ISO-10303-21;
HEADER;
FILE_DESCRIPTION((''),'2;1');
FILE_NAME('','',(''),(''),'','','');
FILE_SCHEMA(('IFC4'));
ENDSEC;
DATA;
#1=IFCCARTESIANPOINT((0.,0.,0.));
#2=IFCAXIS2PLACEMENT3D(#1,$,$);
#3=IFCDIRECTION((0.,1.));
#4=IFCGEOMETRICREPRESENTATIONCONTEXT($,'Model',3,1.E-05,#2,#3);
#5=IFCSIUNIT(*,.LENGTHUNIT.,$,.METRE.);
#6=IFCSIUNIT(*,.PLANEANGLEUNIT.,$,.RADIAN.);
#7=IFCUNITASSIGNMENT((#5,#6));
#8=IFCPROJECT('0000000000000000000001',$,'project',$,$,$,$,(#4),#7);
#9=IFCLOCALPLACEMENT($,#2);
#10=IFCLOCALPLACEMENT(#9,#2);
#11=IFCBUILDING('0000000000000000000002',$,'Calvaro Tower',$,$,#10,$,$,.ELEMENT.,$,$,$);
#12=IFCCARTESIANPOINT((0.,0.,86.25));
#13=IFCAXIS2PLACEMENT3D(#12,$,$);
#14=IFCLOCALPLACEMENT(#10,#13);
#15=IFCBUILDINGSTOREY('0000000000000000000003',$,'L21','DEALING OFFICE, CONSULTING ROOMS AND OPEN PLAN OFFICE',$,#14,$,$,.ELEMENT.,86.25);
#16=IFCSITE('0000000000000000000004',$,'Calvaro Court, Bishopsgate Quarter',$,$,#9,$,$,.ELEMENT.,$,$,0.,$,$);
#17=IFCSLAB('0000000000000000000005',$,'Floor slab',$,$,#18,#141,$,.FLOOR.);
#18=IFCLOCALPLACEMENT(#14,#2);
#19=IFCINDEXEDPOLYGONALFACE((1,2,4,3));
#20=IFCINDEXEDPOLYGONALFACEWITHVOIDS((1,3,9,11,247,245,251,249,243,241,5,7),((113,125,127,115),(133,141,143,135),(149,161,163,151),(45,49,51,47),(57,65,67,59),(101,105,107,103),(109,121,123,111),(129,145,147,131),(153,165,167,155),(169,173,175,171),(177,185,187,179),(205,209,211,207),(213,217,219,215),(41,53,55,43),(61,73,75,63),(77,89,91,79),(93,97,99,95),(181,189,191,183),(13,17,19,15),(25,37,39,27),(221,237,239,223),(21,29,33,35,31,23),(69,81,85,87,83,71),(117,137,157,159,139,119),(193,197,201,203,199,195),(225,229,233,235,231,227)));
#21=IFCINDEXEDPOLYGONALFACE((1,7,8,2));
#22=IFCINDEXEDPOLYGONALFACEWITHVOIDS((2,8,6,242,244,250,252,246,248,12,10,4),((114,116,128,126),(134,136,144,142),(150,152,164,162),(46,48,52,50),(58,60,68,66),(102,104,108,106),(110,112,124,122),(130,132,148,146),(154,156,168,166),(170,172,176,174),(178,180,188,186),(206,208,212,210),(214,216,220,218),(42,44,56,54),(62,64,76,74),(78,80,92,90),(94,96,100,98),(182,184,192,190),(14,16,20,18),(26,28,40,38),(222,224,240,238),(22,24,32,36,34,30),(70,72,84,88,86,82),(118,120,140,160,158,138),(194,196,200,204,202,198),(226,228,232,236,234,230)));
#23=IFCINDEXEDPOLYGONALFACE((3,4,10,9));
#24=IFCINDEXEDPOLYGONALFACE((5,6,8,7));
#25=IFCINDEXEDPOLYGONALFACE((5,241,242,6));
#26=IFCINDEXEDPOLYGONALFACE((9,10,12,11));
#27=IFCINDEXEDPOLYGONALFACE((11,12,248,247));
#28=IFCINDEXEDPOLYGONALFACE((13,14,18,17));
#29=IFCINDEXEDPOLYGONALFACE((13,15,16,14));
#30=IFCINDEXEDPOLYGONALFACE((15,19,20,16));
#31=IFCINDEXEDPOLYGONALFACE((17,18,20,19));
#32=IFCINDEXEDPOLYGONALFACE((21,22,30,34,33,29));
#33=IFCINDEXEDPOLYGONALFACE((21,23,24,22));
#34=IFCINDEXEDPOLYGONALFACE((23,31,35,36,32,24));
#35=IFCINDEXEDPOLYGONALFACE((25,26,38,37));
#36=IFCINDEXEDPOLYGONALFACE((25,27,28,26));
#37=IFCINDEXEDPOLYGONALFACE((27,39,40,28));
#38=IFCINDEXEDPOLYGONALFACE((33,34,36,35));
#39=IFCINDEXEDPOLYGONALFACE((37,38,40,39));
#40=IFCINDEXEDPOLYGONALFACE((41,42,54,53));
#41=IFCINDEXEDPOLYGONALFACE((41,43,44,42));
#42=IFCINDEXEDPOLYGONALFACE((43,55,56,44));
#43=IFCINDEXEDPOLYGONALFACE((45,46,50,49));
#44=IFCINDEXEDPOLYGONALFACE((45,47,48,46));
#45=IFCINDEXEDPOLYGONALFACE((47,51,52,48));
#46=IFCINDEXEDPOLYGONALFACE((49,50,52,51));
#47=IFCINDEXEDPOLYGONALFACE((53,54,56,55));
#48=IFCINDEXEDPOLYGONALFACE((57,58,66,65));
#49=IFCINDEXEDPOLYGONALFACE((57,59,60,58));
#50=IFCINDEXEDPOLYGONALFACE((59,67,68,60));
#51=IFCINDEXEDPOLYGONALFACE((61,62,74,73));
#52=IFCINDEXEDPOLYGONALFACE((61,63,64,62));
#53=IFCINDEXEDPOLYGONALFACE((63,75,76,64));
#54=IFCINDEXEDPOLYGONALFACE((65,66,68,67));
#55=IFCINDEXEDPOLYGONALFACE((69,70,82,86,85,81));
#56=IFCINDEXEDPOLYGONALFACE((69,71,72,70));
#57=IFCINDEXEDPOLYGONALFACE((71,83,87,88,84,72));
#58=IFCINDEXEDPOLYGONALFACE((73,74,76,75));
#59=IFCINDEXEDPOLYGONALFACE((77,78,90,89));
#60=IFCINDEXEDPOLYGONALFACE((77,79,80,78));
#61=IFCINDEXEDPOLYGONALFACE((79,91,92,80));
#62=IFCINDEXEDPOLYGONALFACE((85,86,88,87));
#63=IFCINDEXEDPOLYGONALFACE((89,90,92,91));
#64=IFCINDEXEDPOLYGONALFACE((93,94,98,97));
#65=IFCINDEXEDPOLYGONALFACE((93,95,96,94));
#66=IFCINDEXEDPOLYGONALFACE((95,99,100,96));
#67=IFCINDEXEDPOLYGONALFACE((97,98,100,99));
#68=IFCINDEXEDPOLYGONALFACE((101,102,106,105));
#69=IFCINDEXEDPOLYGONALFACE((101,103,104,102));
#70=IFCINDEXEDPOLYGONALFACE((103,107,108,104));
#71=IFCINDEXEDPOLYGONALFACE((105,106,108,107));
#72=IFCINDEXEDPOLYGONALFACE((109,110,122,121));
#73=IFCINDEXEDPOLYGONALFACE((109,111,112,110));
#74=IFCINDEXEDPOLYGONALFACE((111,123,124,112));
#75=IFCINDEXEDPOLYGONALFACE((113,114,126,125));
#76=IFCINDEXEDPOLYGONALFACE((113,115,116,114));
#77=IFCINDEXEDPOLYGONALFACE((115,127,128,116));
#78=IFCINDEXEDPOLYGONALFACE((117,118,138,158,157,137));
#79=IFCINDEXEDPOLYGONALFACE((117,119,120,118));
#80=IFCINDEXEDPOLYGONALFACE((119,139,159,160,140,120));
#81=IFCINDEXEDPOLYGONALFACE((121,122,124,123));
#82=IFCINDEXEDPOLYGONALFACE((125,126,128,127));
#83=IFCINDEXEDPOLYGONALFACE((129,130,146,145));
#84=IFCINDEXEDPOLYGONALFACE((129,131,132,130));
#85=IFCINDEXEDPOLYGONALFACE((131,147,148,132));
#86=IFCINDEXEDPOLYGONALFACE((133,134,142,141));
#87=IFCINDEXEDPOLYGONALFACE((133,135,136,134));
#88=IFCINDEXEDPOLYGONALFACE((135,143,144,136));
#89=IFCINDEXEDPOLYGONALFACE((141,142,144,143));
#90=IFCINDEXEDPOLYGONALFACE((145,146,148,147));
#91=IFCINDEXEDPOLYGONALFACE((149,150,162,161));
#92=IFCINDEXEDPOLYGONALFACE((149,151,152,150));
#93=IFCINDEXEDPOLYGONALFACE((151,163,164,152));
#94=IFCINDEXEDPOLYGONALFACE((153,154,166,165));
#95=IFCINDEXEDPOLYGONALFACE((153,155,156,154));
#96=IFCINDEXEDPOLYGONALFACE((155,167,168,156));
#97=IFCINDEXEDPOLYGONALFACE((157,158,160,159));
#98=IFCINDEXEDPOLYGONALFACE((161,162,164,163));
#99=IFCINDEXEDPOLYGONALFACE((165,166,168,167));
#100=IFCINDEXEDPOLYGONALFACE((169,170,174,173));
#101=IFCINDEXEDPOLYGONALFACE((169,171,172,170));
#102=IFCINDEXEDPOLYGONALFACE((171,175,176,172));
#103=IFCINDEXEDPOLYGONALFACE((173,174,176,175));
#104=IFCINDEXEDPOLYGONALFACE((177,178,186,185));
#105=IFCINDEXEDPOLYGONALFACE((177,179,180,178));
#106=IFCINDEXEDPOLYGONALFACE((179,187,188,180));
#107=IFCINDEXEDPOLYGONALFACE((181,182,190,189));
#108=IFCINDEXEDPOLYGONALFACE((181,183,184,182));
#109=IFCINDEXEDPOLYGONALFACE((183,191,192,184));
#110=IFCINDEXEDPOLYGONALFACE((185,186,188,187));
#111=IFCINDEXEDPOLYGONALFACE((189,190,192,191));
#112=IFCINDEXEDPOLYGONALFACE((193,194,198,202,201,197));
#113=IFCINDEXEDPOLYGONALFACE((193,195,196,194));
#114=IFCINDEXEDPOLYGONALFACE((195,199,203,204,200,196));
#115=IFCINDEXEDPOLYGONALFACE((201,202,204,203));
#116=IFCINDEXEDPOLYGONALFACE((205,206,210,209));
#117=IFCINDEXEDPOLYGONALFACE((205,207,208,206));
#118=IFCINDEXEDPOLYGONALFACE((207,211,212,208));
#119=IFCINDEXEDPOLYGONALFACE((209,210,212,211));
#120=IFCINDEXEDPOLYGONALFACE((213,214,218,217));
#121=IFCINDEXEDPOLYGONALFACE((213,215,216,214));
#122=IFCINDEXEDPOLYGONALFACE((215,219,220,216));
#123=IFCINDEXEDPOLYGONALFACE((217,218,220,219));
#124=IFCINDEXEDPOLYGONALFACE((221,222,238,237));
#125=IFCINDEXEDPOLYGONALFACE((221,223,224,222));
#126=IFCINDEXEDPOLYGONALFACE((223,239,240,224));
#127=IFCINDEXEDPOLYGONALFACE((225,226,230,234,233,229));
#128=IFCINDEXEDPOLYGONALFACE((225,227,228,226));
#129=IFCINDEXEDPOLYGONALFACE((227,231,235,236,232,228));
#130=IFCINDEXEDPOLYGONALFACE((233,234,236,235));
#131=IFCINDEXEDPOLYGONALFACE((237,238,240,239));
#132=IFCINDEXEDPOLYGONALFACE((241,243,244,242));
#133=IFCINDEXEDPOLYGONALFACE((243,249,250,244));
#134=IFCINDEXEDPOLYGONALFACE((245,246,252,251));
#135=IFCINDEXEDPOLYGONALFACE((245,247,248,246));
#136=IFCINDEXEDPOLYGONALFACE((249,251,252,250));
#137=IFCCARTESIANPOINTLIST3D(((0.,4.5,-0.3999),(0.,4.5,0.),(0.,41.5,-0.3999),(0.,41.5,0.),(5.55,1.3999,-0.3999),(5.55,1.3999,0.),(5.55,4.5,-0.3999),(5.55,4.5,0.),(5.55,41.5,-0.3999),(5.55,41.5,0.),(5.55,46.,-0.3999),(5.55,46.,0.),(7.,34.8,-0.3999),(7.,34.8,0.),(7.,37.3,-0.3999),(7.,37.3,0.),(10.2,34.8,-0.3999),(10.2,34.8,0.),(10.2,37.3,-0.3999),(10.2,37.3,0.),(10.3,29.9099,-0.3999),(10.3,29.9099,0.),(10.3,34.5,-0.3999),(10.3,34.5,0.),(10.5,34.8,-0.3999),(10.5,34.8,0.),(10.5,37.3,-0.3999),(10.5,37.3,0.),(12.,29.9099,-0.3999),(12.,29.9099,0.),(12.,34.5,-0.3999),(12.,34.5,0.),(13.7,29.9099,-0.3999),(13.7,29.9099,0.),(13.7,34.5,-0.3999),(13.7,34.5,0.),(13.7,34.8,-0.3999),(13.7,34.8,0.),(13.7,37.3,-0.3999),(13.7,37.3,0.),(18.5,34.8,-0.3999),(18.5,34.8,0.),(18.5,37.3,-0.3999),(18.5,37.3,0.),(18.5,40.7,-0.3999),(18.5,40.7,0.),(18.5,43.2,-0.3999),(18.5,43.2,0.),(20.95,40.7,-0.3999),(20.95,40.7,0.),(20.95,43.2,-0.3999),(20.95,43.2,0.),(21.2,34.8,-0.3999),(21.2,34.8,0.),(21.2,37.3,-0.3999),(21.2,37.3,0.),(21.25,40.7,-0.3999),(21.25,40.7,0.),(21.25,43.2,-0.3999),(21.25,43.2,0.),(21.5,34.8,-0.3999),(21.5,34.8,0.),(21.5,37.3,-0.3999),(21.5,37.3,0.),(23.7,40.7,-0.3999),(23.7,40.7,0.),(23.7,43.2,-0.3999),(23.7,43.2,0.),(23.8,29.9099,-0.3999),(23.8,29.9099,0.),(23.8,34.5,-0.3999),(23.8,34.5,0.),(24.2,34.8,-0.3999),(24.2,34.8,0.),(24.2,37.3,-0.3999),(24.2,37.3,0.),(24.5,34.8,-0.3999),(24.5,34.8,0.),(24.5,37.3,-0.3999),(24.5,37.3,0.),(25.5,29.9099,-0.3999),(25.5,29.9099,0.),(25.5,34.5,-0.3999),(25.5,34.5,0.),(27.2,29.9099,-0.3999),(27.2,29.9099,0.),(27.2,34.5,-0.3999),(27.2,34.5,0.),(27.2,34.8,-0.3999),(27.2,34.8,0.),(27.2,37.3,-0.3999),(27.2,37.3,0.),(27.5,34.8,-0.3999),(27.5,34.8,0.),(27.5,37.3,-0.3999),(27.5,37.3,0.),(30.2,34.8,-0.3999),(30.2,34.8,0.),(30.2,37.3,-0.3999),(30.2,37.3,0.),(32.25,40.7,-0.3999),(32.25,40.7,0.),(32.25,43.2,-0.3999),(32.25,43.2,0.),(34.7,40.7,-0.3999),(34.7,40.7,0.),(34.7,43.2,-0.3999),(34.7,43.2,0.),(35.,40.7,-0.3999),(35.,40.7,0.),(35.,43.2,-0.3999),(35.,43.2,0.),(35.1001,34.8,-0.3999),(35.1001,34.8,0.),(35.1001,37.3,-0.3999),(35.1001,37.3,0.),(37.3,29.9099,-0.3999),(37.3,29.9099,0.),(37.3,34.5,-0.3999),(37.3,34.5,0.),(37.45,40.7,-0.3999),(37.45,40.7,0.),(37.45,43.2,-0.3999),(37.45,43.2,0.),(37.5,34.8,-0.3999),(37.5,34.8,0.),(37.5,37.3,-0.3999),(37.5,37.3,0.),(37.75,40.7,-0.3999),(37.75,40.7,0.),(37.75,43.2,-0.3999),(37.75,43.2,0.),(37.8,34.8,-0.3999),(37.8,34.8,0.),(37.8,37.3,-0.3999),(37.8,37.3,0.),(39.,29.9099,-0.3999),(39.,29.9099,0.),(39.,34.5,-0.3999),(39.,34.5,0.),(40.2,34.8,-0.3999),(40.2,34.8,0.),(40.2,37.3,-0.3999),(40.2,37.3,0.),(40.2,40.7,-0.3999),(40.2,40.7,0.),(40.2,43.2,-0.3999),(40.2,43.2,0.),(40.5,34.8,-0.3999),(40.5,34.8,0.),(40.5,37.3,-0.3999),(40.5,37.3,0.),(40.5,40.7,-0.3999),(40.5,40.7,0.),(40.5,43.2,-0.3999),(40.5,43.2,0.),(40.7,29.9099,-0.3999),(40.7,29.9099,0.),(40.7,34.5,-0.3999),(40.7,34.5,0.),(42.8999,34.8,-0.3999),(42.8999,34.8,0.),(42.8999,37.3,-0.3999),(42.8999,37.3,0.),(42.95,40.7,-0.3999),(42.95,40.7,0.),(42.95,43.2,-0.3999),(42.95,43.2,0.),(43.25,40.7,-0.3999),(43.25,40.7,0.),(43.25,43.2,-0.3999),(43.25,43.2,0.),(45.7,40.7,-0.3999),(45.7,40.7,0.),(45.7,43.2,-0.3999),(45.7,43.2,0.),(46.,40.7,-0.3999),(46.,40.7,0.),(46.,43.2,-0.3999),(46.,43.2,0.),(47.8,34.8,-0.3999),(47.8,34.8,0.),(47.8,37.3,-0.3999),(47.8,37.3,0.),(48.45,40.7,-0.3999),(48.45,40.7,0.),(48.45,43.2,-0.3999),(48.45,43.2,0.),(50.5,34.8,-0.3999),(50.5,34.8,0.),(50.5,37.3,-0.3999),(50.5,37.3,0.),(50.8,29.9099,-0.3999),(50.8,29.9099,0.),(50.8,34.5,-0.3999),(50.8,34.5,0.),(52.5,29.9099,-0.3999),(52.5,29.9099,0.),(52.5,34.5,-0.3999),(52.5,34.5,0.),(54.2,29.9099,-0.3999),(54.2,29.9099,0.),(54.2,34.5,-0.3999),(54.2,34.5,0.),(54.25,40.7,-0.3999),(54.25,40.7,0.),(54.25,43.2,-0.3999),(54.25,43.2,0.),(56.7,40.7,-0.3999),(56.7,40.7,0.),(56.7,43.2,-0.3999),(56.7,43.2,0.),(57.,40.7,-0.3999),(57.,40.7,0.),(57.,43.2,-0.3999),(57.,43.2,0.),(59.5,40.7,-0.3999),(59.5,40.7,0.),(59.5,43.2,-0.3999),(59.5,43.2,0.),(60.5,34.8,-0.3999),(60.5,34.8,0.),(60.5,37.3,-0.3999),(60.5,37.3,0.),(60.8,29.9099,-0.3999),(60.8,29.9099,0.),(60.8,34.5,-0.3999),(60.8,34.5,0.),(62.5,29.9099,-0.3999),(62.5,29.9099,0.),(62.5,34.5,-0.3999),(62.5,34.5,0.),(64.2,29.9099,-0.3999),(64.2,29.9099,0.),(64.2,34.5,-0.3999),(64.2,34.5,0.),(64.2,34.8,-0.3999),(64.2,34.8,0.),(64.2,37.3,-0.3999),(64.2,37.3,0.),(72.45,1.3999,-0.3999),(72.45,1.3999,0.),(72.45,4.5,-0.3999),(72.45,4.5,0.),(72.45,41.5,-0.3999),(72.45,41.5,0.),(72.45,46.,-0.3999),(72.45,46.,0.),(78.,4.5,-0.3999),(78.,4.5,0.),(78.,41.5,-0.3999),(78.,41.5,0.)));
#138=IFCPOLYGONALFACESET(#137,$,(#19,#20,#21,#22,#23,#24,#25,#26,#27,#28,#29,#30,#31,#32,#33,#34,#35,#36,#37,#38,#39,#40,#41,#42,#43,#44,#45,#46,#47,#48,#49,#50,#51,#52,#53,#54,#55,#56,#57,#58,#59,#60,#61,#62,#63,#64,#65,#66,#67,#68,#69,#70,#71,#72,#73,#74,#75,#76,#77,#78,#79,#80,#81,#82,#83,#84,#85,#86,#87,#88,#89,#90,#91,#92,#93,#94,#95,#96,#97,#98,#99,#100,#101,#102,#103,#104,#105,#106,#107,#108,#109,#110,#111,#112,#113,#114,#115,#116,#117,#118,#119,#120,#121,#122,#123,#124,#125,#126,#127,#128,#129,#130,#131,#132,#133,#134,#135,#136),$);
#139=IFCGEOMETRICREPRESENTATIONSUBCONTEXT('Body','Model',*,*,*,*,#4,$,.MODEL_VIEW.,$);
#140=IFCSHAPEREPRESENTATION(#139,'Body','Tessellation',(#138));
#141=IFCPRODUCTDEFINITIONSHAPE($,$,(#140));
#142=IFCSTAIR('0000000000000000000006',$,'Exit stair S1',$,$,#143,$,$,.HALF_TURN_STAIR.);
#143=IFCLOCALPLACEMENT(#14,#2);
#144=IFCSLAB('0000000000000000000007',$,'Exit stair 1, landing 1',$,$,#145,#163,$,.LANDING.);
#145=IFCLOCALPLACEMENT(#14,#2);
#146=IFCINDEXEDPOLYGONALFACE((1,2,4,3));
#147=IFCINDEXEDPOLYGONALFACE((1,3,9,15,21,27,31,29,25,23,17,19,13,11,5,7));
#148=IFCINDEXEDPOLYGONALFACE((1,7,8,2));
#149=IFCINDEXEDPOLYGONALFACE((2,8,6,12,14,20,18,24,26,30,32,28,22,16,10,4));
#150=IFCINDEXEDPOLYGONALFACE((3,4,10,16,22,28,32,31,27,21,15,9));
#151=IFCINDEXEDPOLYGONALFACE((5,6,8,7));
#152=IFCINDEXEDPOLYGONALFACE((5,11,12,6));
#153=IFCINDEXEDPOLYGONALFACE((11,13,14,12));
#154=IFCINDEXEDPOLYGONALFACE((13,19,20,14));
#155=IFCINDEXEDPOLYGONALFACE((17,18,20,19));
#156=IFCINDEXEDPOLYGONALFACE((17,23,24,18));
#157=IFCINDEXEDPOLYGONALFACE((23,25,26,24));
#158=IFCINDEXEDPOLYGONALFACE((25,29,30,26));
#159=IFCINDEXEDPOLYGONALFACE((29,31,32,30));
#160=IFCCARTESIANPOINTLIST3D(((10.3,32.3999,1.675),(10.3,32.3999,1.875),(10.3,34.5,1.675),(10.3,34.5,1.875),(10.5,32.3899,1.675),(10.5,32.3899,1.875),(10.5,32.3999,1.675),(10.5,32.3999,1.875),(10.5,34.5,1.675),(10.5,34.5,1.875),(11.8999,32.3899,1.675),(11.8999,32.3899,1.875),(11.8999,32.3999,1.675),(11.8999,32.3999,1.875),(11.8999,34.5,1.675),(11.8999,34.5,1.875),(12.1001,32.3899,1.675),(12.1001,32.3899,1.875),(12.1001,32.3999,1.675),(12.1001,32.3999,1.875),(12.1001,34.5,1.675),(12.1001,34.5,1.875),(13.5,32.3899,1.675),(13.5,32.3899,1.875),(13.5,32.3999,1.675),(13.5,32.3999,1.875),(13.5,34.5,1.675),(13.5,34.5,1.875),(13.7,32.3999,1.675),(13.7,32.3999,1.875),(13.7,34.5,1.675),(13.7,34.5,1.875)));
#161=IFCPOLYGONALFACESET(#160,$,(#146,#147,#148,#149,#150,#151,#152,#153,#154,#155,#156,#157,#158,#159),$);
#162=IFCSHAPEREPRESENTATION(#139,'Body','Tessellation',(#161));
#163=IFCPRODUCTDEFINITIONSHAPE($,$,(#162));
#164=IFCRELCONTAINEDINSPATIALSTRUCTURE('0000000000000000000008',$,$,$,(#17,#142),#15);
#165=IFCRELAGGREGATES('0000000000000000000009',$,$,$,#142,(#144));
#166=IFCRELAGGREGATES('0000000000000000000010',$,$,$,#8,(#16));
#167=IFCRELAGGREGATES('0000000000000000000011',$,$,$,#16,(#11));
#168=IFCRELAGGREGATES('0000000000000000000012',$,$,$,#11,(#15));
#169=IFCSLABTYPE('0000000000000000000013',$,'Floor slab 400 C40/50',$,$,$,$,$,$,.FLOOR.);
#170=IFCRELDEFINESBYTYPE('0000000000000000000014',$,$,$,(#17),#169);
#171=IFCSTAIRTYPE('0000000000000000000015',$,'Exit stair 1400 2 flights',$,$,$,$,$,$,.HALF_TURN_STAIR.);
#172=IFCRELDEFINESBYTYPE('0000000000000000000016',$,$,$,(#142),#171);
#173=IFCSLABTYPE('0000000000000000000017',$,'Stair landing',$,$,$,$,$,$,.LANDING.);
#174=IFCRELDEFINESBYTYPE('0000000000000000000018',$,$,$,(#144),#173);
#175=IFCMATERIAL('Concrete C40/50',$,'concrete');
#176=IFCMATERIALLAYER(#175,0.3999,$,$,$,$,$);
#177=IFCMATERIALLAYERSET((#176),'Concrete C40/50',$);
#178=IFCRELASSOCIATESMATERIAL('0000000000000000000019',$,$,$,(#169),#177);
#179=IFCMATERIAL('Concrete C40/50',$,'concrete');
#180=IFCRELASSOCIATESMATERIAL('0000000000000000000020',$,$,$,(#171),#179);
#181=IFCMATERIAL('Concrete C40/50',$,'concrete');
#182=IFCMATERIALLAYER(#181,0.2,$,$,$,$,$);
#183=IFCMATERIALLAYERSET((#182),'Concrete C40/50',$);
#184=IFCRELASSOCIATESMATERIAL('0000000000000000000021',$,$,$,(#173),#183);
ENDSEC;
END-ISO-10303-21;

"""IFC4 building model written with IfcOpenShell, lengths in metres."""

from ifc_helpers import new_model, si_unit, direction, frame, origin, place, context, subcontext, project, spatial, polyline, outline, extrude, material, layer, layer_set, type_object, element, aggregate, save


model = new_model("IFC4")

# Units and contexts
model_context = context("Model", 3, precision=1e-05, world=origin(), true_north=direction((0.0, 1.0)))
body_context = subcontext(model_context, "Body", "Model", "MODEL_VIEW")
ifc_project = project(units=[si_unit("LENGTHUNIT", "METRE"), si_unit("PLANEANGLEUNIT", "RADIAN")], contexts=[model_context])

# Site, building, storey
site_placement = place(None, origin())
site = spatial("IfcSite", under=ifc_project, at=site_placement, Name="Calvaro Court, Bishopsgate Quarter", CompositionType="ELEMENT", RefElevation=0.0)
building_placement = place(site_placement, origin())
building = spatial("IfcBuilding", under=site, at=building_placement, Name="Calvaro Tower", CompositionType="ELEMENT")
storey_placement = place(building_placement, frame((0.0, 0.0, 86.25)))
storey = spatial("IfcBuildingStorey", under=building, at=storey_placement, Name="L21", Description="DEALING OFFICE, CONSULTING ROOMS AND OPEN PLAN OFFICE", CompositionType="ELEMENT", Elevation=86.25)

# Slab
ifc_material_1 = material(Name="Concrete C40/50", Category="concrete")
ifc_layer_1 = layer(ifc_material_1, 0.3999)
ifc_layer_set_1 = layer_set([ifc_layer_1], Name="Concrete C40/50")
slab_type_1 = type_object("IfcSlabType", Name="Floor slab 400 C40/50", PredefinedType="FLOOR", material=ifc_layer_set_1)
slab_1_placement = place(storey_placement, frame((0.0, 0.0, -0.3999)))
element("IfcSlab", 1, at=slab_1_placement, inside=storey, type_object=slab_type_1, Name="Floor slab", PredefinedType="FLOOR", context=body_context, shape_type="SweptSolid", body=[
    extrude(outline(polyline([(72.45, 4.5), (72.45, 1.3999), (5.55, 1.3999), (5.55, 4.5), (0.0, 4.5), (0.0, 41.5), (5.55, 41.5), (5.55, 46.0), (72.45, 46.0), (72.45, 41.5), (78.0, 41.5), (78.0, 4.5), (72.45, 4.5)]), holes=[polyline([(10.3, 29.9099), (10.3, 34.5), (12.0, 34.5), (13.7, 34.5), (13.7, 29.9099), (12.0, 29.9099), (10.3, 29.9099)]), polyline([(23.8, 29.9099), (23.8, 34.5), (25.5, 34.5), (27.2, 34.5), (27.2, 29.9099), (25.5, 29.9099), (23.8, 29.9099)]), polyline([(37.3, 29.9099), (37.3, 34.5), (39.0, 34.5), (40.7, 34.5), (40.7, 29.9099), (39.0, 29.9099), (37.3, 29.9099)]), polyline([(50.8, 29.9099), (50.8, 34.5), (52.5, 34.5), (54.2, 34.5), (54.2, 29.9099), (52.5, 29.9099), (50.8, 29.9099)]), polyline([(60.8, 29.9099), (60.8, 34.5), (62.5, 34.5), (64.2, 34.5), (64.2, 29.9099), (62.5, 29.9099), (60.8, 29.9099)]), polyline([(18.5, 34.8), (21.2, 34.8), (21.2, 37.3), (18.5, 37.3), (18.5, 34.8)]), polyline([(21.5, 34.8), (24.2, 34.8), (24.2, 37.3), (21.5, 37.3), (21.5, 34.8)]), polyline([(24.5, 34.8), (27.2, 34.8), (27.2, 37.3), (24.5, 37.3), (24.5, 34.8)]), polyline([(35.1001, 34.8), (37.5, 34.8), (37.5, 37.3), (35.1001, 37.3), (35.1001, 34.8)]), polyline([(37.8, 34.8), (40.2, 34.8), (40.2, 37.3), (37.8, 37.3), (37.8, 34.8)]), polyline([(40.5, 34.8), (42.8999, 34.8), (42.8999, 37.3), (40.5, 37.3), (40.5, 34.8)]), polyline([(18.5, 40.7), (20.95, 40.7), (20.95, 43.2), (18.5, 43.2), (18.5, 40.7)]), polyline([(21.25, 40.7), (23.7, 40.7), (23.7, 43.2), (21.25, 43.2), (21.25, 40.7)]), polyline([(32.25, 40.7), (34.7, 40.7), (34.7, 43.2), (32.25, 43.2), (32.25, 40.7)]), polyline([(35.0, 40.7), (37.45, 40.7), (37.45, 43.2), (35.0, 43.2), (35.0, 40.7)]), polyline([(37.75, 40.7), (40.2, 40.7), (40.2, 43.2), (37.75, 43.2), (37.75, 40.7)]), polyline([(40.5, 40.7), (42.95, 40.7), (42.95, 43.2), (40.5, 43.2), (40.5, 40.7)]), polyline([(43.25, 40.7), (45.7, 40.7), (45.7, 43.2), (43.25, 43.2), (43.25, 40.7)]), polyline([(46.0, 40.7), (48.45, 40.7), (48.45, 43.2), (46.0, 43.2), (46.0, 40.7)]), polyline([(54.25, 40.7), (56.7, 40.7), (56.7, 43.2), (54.25, 43.2), (54.25, 40.7)]), polyline([(57.0, 40.7), (59.5, 40.7), (59.5, 43.2), (57.0, 43.2), (57.0, 40.7)]), polyline([(7.0, 34.8), (10.2, 34.8), (10.2, 37.3), (7.0, 37.3), (7.0, 34.8)]), polyline([(10.5, 34.8), (13.7, 34.8), (13.7, 37.3), (10.5, 37.3), (10.5, 34.8)]), polyline([(60.5, 34.8), (64.2, 34.8), (64.2, 37.3), (60.5, 37.3), (60.5, 34.8)]), polyline([(27.5, 34.8), (30.2, 34.8), (30.2, 37.3), (27.5, 37.3), (27.5, 34.8)]), polyline([(47.8, 34.8), (50.5, 34.8), (50.5, 37.3), (47.8, 37.3), (47.8, 34.8)])]), origin(), (0.0, 0.0, 1.0), 0.3999),
])

# Stair, slab
ifc_material_2 = material(Name="Concrete C40/50", Category="concrete")
stair_type = type_object("IfcStairType", Name="Exit stair 1400 2 flights", PredefinedType="HALF_TURN_STAIR", material=ifc_material_2)
stair_1_placement = place(storey_placement, origin())
stair_1 = element("IfcStair", 2, at=stair_1_placement, inside=storey, type_object=stair_type, Name="Exit stair S1", PredefinedType="HALF_TURN_STAIR")
ifc_material_3 = material(Name="Concrete C40/50", Category="concrete")
ifc_layer_2 = layer(ifc_material_3, 0.2)
ifc_layer_set_2 = layer_set([ifc_layer_2], Name="Concrete C40/50")
slab_type_2 = type_object("IfcSlabType", Name="Stair landing", PredefinedType="LANDING", material=ifc_layer_set_2)
slab_2_placement = place(storey_placement, frame((0.0, 0.0, 1.675)))
slab_2 = element("IfcSlab", 3, at=slab_2_placement, type_object=slab_type_2, Name="Exit stair 1, landing 1", PredefinedType="LANDING", context=body_context, shape_type="SweptSolid", body=[
    extrude(outline(polyline([(11.8999, 32.3899), (10.5, 32.3899), (10.5, 32.3999), (10.3, 32.3999), (10.3, 34.5), (10.5, 34.5), (11.8999, 34.5), (12.1001, 34.5), (13.5, 34.5), (13.7, 34.5), (13.7, 32.3999), (13.5, 32.3999), (13.5, 32.3899), (12.1001, 32.3899), (12.1001, 32.3999), (11.8999, 32.3999), (11.8999, 32.3899)])), origin(), (0.0, 0.0, 1.0), 0.2),
])
aggregate(stair_1, [slab_2])

save(model, "model.ifc")
